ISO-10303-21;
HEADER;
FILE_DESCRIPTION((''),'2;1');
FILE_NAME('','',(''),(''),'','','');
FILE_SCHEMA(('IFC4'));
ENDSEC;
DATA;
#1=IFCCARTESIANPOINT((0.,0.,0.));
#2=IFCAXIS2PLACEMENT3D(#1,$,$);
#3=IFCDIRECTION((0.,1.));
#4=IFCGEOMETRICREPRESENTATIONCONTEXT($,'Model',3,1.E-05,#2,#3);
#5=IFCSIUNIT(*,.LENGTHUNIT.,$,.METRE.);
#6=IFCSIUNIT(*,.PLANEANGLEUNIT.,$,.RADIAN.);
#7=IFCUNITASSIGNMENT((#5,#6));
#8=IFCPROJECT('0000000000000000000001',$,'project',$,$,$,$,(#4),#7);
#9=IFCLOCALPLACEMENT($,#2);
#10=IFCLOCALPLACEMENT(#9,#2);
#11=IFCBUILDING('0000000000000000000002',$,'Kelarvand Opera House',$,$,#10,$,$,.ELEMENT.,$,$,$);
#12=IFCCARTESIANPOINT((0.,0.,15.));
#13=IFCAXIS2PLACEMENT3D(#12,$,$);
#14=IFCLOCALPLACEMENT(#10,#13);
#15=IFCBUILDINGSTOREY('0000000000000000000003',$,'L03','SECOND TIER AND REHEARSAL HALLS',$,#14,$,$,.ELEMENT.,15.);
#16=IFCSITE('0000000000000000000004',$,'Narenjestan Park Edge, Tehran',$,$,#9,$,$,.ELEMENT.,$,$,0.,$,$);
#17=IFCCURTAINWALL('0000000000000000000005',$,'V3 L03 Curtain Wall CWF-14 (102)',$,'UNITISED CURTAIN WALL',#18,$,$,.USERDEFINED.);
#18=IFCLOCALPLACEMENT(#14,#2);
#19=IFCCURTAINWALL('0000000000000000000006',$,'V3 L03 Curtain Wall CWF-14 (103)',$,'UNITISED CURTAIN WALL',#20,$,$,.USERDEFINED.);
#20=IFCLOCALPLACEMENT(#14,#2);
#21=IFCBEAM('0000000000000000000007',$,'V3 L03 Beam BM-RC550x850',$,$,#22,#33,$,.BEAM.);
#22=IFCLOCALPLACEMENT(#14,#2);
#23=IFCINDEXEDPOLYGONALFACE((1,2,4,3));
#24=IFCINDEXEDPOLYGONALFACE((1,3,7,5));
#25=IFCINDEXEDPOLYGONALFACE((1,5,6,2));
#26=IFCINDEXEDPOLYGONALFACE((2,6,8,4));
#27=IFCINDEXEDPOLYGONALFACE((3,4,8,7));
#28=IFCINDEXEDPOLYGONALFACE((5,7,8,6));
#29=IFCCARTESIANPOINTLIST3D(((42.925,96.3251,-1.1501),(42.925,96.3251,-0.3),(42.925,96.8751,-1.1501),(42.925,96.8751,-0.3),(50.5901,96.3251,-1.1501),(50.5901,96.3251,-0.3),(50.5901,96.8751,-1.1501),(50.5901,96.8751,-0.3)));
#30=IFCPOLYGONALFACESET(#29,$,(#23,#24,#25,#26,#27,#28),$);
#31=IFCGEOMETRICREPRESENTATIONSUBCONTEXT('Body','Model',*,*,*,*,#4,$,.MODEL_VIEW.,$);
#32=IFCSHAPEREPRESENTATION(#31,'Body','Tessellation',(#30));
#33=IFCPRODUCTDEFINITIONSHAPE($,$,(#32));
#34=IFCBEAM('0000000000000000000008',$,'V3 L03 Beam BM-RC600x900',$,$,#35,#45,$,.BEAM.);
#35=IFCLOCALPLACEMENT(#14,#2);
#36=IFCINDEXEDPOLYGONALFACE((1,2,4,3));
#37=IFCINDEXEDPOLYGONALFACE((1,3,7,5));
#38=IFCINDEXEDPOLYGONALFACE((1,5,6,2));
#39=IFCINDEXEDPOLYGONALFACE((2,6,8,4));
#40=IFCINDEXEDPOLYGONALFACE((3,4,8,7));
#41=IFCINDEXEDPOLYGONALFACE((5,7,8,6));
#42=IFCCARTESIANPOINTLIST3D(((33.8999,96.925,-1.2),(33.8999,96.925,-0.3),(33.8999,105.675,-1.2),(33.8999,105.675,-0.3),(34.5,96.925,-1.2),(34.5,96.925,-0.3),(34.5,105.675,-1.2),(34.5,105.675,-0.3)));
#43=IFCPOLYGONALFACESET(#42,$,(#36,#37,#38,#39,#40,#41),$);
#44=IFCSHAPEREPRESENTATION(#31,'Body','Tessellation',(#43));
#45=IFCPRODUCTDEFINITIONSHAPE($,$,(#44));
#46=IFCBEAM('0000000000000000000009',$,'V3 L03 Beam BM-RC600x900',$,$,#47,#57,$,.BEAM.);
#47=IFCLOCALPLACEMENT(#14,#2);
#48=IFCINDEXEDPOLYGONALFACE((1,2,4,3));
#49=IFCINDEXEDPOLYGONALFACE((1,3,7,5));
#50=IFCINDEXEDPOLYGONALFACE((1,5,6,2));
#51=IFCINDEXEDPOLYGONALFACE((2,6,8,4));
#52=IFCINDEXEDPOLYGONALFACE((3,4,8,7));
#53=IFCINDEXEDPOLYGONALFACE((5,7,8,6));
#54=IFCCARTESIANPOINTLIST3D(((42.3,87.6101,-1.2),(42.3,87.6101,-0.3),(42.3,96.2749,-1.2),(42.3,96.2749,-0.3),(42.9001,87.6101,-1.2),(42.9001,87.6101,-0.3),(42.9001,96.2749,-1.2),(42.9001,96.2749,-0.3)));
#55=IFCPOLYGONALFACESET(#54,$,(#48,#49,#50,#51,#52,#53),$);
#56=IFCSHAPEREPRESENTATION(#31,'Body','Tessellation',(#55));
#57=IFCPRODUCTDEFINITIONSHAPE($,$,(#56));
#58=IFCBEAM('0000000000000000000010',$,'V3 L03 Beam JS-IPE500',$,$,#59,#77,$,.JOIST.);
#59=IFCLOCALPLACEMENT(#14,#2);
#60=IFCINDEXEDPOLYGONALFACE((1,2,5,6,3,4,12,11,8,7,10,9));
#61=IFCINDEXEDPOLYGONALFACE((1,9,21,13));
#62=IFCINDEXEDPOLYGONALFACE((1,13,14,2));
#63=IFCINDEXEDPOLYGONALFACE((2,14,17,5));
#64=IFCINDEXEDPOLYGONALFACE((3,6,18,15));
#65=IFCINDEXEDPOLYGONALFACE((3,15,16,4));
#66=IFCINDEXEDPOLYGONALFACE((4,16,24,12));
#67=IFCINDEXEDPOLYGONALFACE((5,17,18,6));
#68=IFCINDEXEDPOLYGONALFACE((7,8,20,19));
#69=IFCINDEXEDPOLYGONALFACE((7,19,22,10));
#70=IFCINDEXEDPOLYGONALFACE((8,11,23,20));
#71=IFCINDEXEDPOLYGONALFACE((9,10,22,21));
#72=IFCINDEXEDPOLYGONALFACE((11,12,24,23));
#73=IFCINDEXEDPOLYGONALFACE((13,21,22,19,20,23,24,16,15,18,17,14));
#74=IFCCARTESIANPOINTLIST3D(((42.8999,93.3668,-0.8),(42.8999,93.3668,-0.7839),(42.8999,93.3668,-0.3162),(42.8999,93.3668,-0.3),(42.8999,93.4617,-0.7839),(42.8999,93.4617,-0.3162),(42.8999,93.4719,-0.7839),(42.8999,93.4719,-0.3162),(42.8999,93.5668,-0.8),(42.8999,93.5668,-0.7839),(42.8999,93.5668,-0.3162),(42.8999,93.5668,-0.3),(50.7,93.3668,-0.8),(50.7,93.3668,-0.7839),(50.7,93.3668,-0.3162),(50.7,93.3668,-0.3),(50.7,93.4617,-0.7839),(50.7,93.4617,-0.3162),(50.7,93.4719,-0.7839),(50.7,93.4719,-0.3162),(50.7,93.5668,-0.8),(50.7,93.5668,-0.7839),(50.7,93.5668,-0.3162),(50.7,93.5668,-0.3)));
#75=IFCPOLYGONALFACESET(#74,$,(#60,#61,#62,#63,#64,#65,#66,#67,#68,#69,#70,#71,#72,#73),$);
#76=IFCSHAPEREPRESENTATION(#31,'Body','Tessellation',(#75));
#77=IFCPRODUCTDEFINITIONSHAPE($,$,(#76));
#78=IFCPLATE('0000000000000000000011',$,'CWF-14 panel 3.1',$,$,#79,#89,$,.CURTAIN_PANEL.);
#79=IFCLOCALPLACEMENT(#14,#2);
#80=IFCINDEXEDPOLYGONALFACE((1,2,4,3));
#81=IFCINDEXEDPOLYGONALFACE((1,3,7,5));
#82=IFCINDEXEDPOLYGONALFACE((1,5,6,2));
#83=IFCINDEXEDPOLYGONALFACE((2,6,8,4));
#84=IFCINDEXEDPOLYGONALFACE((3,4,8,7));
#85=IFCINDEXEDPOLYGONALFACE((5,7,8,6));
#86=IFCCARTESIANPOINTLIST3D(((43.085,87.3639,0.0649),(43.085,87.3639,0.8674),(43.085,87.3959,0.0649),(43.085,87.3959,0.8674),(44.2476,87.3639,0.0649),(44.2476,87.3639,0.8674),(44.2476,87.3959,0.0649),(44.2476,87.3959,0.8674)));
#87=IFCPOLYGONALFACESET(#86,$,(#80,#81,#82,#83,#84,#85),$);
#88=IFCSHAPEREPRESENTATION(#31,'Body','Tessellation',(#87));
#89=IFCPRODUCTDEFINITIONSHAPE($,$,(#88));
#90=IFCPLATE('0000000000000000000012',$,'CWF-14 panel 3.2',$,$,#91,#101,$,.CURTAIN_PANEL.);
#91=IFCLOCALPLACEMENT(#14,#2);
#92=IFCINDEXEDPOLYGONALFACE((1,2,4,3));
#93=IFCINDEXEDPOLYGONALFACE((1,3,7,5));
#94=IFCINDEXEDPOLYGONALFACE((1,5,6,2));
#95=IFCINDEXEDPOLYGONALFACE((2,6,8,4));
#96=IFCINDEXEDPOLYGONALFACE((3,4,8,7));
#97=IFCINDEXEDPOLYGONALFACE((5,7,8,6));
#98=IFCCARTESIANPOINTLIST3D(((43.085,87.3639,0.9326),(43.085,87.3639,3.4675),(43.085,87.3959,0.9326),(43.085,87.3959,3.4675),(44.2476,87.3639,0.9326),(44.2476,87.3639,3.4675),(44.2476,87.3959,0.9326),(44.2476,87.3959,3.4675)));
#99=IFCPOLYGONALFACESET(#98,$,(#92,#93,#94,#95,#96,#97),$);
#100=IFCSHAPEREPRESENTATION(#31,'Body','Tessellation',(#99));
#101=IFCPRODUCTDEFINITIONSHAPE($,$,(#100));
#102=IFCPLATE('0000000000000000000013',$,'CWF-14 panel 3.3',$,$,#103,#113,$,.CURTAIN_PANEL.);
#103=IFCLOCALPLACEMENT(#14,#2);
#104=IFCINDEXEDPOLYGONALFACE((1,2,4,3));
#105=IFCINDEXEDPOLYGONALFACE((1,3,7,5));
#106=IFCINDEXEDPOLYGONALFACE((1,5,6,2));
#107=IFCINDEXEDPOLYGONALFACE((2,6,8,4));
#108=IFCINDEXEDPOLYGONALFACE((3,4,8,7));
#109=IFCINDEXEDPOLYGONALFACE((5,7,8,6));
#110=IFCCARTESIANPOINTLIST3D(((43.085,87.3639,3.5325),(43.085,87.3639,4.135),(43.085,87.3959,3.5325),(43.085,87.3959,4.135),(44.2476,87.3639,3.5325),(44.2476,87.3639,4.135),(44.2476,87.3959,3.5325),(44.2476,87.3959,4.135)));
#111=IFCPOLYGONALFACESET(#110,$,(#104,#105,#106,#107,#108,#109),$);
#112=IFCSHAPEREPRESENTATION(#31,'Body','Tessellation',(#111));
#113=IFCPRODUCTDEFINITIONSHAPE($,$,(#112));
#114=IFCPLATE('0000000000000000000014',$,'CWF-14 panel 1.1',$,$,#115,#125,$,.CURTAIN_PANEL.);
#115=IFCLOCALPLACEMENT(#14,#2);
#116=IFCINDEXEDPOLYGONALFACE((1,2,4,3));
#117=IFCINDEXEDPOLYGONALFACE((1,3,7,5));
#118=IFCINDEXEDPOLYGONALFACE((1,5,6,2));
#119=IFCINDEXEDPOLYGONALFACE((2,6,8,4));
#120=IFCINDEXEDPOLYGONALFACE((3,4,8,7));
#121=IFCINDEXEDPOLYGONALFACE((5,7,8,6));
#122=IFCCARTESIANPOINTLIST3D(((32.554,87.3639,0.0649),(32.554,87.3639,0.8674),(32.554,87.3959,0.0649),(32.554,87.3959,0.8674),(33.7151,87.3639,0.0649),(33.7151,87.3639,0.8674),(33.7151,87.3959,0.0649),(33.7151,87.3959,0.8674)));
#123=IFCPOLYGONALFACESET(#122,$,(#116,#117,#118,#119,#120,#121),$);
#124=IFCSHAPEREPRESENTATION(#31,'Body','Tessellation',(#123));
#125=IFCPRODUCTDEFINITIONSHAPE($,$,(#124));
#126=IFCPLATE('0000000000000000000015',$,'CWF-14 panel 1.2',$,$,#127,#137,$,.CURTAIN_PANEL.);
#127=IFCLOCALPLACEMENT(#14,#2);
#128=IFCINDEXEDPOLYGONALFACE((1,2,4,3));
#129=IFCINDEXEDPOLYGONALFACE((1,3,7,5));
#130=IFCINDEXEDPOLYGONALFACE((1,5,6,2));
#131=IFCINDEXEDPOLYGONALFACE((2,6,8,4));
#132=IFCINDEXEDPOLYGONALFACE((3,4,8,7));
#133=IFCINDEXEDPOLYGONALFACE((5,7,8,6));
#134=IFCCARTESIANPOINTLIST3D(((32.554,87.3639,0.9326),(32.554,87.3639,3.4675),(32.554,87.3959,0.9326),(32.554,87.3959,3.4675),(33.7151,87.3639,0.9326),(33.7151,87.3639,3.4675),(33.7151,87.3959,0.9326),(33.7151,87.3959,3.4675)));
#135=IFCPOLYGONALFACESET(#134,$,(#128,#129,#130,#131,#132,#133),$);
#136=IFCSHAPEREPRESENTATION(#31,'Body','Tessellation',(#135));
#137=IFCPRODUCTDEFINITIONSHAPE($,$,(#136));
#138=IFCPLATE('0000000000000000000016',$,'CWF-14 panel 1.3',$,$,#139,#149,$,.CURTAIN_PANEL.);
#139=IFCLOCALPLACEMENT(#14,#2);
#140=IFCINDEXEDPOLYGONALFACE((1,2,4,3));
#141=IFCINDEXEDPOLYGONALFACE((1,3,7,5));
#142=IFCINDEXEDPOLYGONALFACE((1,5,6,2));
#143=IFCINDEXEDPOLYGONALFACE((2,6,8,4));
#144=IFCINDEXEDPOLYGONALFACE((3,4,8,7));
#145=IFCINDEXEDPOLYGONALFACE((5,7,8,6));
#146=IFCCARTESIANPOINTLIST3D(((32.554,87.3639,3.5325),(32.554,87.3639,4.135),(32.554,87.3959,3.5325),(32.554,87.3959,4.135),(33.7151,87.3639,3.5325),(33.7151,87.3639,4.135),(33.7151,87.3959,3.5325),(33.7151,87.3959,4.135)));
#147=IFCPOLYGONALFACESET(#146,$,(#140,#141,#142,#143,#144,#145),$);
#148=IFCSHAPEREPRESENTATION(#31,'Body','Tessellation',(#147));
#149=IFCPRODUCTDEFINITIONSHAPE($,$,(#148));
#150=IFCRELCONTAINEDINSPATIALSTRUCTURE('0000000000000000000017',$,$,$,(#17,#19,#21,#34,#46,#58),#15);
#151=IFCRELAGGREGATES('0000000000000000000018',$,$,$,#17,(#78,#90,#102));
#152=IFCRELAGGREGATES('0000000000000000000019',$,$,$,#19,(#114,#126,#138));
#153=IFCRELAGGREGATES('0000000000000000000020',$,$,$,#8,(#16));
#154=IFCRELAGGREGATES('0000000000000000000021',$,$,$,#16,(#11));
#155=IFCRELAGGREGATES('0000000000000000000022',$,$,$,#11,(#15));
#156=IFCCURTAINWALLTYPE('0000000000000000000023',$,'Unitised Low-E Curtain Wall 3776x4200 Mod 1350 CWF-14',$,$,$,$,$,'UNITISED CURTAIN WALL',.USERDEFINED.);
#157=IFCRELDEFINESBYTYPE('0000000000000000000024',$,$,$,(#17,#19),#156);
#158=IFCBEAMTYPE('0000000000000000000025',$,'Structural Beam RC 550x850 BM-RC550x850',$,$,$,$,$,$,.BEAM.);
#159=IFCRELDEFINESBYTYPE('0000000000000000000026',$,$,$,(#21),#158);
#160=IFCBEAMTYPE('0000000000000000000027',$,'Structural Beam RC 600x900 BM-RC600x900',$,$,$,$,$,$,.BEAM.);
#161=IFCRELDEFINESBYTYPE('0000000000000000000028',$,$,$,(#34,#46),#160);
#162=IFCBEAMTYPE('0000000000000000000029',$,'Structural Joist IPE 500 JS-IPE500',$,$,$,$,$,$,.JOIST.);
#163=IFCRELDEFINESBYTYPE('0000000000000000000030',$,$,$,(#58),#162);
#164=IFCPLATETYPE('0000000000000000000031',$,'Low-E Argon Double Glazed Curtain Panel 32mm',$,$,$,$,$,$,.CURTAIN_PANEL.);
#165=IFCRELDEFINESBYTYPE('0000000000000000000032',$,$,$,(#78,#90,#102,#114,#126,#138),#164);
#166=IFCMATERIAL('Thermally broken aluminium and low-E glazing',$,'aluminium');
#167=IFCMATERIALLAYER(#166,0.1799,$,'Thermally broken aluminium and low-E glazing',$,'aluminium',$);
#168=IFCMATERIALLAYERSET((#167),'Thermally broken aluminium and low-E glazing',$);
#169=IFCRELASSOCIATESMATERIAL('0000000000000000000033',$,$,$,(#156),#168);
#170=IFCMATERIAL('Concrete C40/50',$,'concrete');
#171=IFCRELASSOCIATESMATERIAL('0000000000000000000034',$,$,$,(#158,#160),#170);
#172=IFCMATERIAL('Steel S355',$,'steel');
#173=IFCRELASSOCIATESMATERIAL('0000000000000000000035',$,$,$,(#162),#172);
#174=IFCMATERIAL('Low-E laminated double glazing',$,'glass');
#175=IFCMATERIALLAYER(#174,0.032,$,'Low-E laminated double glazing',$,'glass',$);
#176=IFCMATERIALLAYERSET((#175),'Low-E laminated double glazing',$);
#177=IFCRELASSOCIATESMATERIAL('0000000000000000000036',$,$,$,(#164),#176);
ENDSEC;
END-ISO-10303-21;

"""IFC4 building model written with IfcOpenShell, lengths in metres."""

from ifc_helpers import new_model, si_unit, direction, frame, origin, origin_2d, place, context, subcontext, project, spatial, rectangle, i_section, extrude, material, layer, layer_set, material_profile, profile_set, type_object, element, aggregate, save


model = new_model("IFC4")

# Units and contexts
model_context = context("Model", 3, precision=1e-05, world=origin(), true_north=direction((0.0, 1.0)))
body_context = subcontext(model_context, "Body", "Model", "MODEL_VIEW")
ifc_project = project(units=[si_unit("LENGTHUNIT", "METRE"), si_unit("PLANEANGLEUNIT", "RADIAN")], contexts=[model_context])

# Site, building, storey
site_placement = place(None, origin())
site = spatial("IfcSite", under=ifc_project, at=site_placement, Name="Narenjestan Park Edge, Tehran", CompositionType="ELEMENT", RefElevation=0.0)
building_placement = place(site_placement, origin())
building = spatial("IfcBuilding", under=site, at=building_placement, Name="Kelarvand Opera House", CompositionType="ELEMENT")
storey_placement = place(building_placement, frame((0.0, 0.0, 15.0)))
storey = spatial("IfcBuildingStorey", under=building, at=storey_placement, Name="L03", Description="SECOND TIER AND REHEARSAL HALLS", CompositionType="ELEMENT", Elevation=15.0)

# Shared definitions
ifc_material_1 = material(Name="Concrete C40/50", Category="concrete")

# Curtain wall
ifc_material_2 = material(Name="Thermally broken aluminium and low-E glazing", Category="aluminium")
ifc_layer_1 = layer(ifc_material_2, 0.1799, Name="Thermally broken aluminium and low-E glazing", Category="aluminium")
ifc_layer_set_1 = layer_set([ifc_layer_1], Name="Thermally broken aluminium and low-E glazing")
curtain_wall_type = type_object("IfcCurtainWallType", Name="Unitised Low-E Curtain Wall 3776x4200 Mod 1350 CWF-14", ElementType="UNITISED CURTAIN WALL", PredefinedType="USERDEFINED", material=ifc_layer_set_1)
curtain_wall_1_placement = place(storey_placement, origin())
curtain_wall_1 = element("IfcCurtainWall", 1, at=curtain_wall_1_placement, inside=storey, type_object=curtain_wall_type, Name="V3 L03 Curtain Wall CWF-14 (102)", ObjectType="UNITISED CURTAIN WALL", PredefinedType="USERDEFINED")

# Curtain wall
curtain_wall_2_placement = place(storey_placement, origin())
curtain_wall_2 = element("IfcCurtainWall", 2, at=curtain_wall_2_placement, inside=storey, type_object=curtain_wall_type, Name="V3 L03 Curtain Wall CWF-14 (103)", ObjectType="UNITISED CURTAIN WALL", PredefinedType="USERDEFINED")

# Beams
ifc_material_profile_1 = material_profile(ifc_material_1, rectangle(XDim=0.55, YDim=0.8501, at=origin_2d()), Name="RC 550x850", Category="concrete")
ifc_profile_set_1 = profile_set([ifc_material_profile_1], Name="Concrete C40/50")
beam_type_1 = type_object("IfcBeamType", Name="Structural Beam RC 550x850 BM-RC550x850", PredefinedType="BEAM", material=ifc_profile_set_1)
beam_1_placement = place(storey_placement, frame((42.925, 96.6001, -0.7251), z_axis=(1.0, 0.0, 0.0), x_axis=(0.0, 1.0, 0.0)))
element("IfcBeam", 3, at=beam_1_placement, inside=storey, type_object=beam_type_1, Name="V3 L03 Beam BM-RC550x850", PredefinedType="BEAM", context=body_context, shape_type="SweptSolid", body=[
    extrude(rectangle(XDim=0.55, YDim=0.8501, at=origin_2d()), origin(), (0.0, 0.0, 1.0), 7.665),
])
ifc_material_profile_2 = material_profile(ifc_material_1, rectangle(XDim=0.6001, YDim=0.8999, at=origin_2d()), Name="RC 600x900", Category="concrete")
ifc_profile_set_2 = profile_set([ifc_material_profile_2], Name="Concrete C40/50")
beam_type_2 = type_object("IfcBeamType", Name="Structural Beam RC 600x900 BM-RC600x900", PredefinedType="BEAM", material=ifc_profile_set_2)
beam_2_placement = place(storey_placement, frame((34.2, 96.925, -0.75), z_axis=(0.0, 1.0, 0.0), x_axis=(-1.0, 0.0, 0.0)))
element("IfcBeam", 4, at=beam_2_placement, inside=storey, type_object=beam_type_2, Name="V3 L03 Beam BM-RC600x900", PredefinedType="BEAM", context=body_context, shape_type="SweptSolid", body=[
    extrude(rectangle(XDim=0.6001, YDim=0.8999, at=origin_2d()), origin(), (0.0, 0.0, 1.0), 8.75),
])
beam_3_placement = place(storey_placement, frame((42.6001, 87.6101, -0.75), z_axis=(0.0, 1.0, 0.0), x_axis=(-1.0, 0.0, 0.0)))
element("IfcBeam", 5, at=beam_3_placement, inside=storey, type_object=beam_type_2, Name="V3 L03 Beam BM-RC600x900", PredefinedType="BEAM", context=body_context, shape_type="SweptSolid", body=[
    extrude(rectangle(XDim=0.6001, YDim=0.8999, at=origin_2d()), origin(), (0.0, 0.0, 1.0), 8.6648),
])
ifc_material_3 = material(Name="Steel S355", Category="steel")
ifc_material_profile_3 = material_profile(ifc_material_3, i_section(OverallWidth=0.2, OverallDepth=0.5, WebThickness=0.0103, FlangeThickness=0.0161, at=origin_2d()), Name="IPE 500", Category="steel")
ifc_profile_set_3 = profile_set([ifc_material_profile_3], Name="Steel S355")
beam_type_3 = type_object("IfcBeamType", Name="Structural Joist IPE 500 JS-IPE500", PredefinedType="JOIST", material=ifc_profile_set_3)
beam_4_placement = place(storey_placement, frame((42.8999, 93.4668, -0.55), z_axis=(1.0, 0.0, 0.0), x_axis=(0.0, 1.0, 0.0)))
element("IfcBeam", 6, at=beam_4_placement, inside=storey, type_object=beam_type_3, Name="V3 L03 Beam JS-IPE500", PredefinedType="JOIST", context=body_context, shape_type="SweptSolid", body=[
    extrude(i_section(OverallWidth=0.2, OverallDepth=0.5, WebThickness=0.0103, FlangeThickness=0.0161, at=origin_2d()), origin(), (0.0, 0.0, 1.0), 7.8),
])

# Plates
ifc_material_4 = material(Name="Low-E laminated double glazing", Category="glass")
ifc_layer_2 = layer(ifc_material_4, 0.032, Name="Low-E laminated double glazing", Category="glass")
ifc_layer_set_2 = layer_set([ifc_layer_2], Name="Low-E laminated double glazing")
plate_type = type_object("IfcPlateType", Name="Low-E Argon Double Glazed Curtain Panel 32mm", PredefinedType="CURTAIN_PANEL", material=ifc_layer_set_2)
plate_1_placement = place(storey_placement, frame((43.6663, 87.3799, 0.0649), z_axis=(0.0, 0.0, 1.0), x_axis=(-1.0, 0.0, 0.0)))
plate_1 = element("IfcPlate", 7, at=plate_1_placement, type_object=plate_type, Name="CWF-14 panel 3.1", PredefinedType="CURTAIN_PANEL", context=body_context, shape_type="SweptSolid", body=[
    extrude(rectangle(XDim=1.1626, YDim=0.032, at=origin_2d()), origin(), (0.0, 0.0, 1.0), 0.8025),
])
plate_2_placement = place(storey_placement, frame((43.6663, 87.3799, 0.9326), z_axis=(0.0, 0.0, 1.0), x_axis=(-1.0, 0.0, 0.0)))
plate_2 = element("IfcPlate", 8, at=plate_2_placement, type_object=plate_type, Name="CWF-14 panel 3.2", PredefinedType="CURTAIN_PANEL", context=body_context, shape_type="SweptSolid", body=[
    extrude(rectangle(XDim=1.1626, YDim=0.032, at=origin_2d()), origin(), (0.0, 0.0, 1.0), 2.5349),
])
plate_3_placement = place(storey_placement, frame((43.6663, 87.3799, 3.5325), z_axis=(0.0, 0.0, 1.0), x_axis=(-1.0, 0.0, 0.0)))
plate_3 = element("IfcPlate", 9, at=plate_3_placement, type_object=plate_type, Name="CWF-14 panel 3.3", PredefinedType="CURTAIN_PANEL", context=body_context, shape_type="SweptSolid", body=[
    extrude(rectangle(XDim=1.1626, YDim=0.032, at=origin_2d()), origin(), (0.0, 0.0, 1.0), 0.6025),
])
aggregate(curtain_wall_1, [plate_1, plate_2, plate_3])
plate_4_placement = place(storey_placement, frame((33.1345, 87.3799, 0.0649), z_axis=(0.0, 0.0, 1.0), x_axis=(-1.0, 0.0, 0.0)))
plate_4 = element("IfcPlate", 10, at=plate_4_placement, type_object=plate_type, Name="CWF-14 panel 1.1", PredefinedType="CURTAIN_PANEL", context=body_context, shape_type="SweptSolid", body=[
    extrude(rectangle(XDim=1.1611, YDim=0.032, at=origin_2d()), origin(), (0.0, 0.0, 1.0), 0.8025),
])
plate_5_placement = place(storey_placement, frame((33.1345, 87.3799, 0.9326), z_axis=(0.0, 0.0, 1.0), x_axis=(-1.0, 0.0, 0.0)))
plate_5 = element("IfcPlate", 11, at=plate_5_placement, type_object=plate_type, Name="CWF-14 panel 1.2", PredefinedType="CURTAIN_PANEL", context=body_context, shape_type="SweptSolid", body=[
    extrude(rectangle(XDim=1.1611, YDim=0.032, at=origin_2d()), origin(), (0.0, 0.0, 1.0), 2.5349),
])
plate_6_placement = place(storey_placement, frame((33.1345, 87.3799, 3.5325), z_axis=(0.0, 0.0, 1.0), x_axis=(-1.0, 0.0, 0.0)))
plate_6 = element("IfcPlate", 12, at=plate_6_placement, type_object=plate_type, Name="CWF-14 panel 1.3", PredefinedType="CURTAIN_PANEL", context=body_context, shape_type="SweptSolid", body=[
    extrude(rectangle(XDim=1.1611, YDim=0.032, at=origin_2d()), origin(), (0.0, 0.0, 1.0), 0.6025),
])
aggregate(curtain_wall_2, [plate_4, plate_5, plate_6])

save(model, "model.ifc")
